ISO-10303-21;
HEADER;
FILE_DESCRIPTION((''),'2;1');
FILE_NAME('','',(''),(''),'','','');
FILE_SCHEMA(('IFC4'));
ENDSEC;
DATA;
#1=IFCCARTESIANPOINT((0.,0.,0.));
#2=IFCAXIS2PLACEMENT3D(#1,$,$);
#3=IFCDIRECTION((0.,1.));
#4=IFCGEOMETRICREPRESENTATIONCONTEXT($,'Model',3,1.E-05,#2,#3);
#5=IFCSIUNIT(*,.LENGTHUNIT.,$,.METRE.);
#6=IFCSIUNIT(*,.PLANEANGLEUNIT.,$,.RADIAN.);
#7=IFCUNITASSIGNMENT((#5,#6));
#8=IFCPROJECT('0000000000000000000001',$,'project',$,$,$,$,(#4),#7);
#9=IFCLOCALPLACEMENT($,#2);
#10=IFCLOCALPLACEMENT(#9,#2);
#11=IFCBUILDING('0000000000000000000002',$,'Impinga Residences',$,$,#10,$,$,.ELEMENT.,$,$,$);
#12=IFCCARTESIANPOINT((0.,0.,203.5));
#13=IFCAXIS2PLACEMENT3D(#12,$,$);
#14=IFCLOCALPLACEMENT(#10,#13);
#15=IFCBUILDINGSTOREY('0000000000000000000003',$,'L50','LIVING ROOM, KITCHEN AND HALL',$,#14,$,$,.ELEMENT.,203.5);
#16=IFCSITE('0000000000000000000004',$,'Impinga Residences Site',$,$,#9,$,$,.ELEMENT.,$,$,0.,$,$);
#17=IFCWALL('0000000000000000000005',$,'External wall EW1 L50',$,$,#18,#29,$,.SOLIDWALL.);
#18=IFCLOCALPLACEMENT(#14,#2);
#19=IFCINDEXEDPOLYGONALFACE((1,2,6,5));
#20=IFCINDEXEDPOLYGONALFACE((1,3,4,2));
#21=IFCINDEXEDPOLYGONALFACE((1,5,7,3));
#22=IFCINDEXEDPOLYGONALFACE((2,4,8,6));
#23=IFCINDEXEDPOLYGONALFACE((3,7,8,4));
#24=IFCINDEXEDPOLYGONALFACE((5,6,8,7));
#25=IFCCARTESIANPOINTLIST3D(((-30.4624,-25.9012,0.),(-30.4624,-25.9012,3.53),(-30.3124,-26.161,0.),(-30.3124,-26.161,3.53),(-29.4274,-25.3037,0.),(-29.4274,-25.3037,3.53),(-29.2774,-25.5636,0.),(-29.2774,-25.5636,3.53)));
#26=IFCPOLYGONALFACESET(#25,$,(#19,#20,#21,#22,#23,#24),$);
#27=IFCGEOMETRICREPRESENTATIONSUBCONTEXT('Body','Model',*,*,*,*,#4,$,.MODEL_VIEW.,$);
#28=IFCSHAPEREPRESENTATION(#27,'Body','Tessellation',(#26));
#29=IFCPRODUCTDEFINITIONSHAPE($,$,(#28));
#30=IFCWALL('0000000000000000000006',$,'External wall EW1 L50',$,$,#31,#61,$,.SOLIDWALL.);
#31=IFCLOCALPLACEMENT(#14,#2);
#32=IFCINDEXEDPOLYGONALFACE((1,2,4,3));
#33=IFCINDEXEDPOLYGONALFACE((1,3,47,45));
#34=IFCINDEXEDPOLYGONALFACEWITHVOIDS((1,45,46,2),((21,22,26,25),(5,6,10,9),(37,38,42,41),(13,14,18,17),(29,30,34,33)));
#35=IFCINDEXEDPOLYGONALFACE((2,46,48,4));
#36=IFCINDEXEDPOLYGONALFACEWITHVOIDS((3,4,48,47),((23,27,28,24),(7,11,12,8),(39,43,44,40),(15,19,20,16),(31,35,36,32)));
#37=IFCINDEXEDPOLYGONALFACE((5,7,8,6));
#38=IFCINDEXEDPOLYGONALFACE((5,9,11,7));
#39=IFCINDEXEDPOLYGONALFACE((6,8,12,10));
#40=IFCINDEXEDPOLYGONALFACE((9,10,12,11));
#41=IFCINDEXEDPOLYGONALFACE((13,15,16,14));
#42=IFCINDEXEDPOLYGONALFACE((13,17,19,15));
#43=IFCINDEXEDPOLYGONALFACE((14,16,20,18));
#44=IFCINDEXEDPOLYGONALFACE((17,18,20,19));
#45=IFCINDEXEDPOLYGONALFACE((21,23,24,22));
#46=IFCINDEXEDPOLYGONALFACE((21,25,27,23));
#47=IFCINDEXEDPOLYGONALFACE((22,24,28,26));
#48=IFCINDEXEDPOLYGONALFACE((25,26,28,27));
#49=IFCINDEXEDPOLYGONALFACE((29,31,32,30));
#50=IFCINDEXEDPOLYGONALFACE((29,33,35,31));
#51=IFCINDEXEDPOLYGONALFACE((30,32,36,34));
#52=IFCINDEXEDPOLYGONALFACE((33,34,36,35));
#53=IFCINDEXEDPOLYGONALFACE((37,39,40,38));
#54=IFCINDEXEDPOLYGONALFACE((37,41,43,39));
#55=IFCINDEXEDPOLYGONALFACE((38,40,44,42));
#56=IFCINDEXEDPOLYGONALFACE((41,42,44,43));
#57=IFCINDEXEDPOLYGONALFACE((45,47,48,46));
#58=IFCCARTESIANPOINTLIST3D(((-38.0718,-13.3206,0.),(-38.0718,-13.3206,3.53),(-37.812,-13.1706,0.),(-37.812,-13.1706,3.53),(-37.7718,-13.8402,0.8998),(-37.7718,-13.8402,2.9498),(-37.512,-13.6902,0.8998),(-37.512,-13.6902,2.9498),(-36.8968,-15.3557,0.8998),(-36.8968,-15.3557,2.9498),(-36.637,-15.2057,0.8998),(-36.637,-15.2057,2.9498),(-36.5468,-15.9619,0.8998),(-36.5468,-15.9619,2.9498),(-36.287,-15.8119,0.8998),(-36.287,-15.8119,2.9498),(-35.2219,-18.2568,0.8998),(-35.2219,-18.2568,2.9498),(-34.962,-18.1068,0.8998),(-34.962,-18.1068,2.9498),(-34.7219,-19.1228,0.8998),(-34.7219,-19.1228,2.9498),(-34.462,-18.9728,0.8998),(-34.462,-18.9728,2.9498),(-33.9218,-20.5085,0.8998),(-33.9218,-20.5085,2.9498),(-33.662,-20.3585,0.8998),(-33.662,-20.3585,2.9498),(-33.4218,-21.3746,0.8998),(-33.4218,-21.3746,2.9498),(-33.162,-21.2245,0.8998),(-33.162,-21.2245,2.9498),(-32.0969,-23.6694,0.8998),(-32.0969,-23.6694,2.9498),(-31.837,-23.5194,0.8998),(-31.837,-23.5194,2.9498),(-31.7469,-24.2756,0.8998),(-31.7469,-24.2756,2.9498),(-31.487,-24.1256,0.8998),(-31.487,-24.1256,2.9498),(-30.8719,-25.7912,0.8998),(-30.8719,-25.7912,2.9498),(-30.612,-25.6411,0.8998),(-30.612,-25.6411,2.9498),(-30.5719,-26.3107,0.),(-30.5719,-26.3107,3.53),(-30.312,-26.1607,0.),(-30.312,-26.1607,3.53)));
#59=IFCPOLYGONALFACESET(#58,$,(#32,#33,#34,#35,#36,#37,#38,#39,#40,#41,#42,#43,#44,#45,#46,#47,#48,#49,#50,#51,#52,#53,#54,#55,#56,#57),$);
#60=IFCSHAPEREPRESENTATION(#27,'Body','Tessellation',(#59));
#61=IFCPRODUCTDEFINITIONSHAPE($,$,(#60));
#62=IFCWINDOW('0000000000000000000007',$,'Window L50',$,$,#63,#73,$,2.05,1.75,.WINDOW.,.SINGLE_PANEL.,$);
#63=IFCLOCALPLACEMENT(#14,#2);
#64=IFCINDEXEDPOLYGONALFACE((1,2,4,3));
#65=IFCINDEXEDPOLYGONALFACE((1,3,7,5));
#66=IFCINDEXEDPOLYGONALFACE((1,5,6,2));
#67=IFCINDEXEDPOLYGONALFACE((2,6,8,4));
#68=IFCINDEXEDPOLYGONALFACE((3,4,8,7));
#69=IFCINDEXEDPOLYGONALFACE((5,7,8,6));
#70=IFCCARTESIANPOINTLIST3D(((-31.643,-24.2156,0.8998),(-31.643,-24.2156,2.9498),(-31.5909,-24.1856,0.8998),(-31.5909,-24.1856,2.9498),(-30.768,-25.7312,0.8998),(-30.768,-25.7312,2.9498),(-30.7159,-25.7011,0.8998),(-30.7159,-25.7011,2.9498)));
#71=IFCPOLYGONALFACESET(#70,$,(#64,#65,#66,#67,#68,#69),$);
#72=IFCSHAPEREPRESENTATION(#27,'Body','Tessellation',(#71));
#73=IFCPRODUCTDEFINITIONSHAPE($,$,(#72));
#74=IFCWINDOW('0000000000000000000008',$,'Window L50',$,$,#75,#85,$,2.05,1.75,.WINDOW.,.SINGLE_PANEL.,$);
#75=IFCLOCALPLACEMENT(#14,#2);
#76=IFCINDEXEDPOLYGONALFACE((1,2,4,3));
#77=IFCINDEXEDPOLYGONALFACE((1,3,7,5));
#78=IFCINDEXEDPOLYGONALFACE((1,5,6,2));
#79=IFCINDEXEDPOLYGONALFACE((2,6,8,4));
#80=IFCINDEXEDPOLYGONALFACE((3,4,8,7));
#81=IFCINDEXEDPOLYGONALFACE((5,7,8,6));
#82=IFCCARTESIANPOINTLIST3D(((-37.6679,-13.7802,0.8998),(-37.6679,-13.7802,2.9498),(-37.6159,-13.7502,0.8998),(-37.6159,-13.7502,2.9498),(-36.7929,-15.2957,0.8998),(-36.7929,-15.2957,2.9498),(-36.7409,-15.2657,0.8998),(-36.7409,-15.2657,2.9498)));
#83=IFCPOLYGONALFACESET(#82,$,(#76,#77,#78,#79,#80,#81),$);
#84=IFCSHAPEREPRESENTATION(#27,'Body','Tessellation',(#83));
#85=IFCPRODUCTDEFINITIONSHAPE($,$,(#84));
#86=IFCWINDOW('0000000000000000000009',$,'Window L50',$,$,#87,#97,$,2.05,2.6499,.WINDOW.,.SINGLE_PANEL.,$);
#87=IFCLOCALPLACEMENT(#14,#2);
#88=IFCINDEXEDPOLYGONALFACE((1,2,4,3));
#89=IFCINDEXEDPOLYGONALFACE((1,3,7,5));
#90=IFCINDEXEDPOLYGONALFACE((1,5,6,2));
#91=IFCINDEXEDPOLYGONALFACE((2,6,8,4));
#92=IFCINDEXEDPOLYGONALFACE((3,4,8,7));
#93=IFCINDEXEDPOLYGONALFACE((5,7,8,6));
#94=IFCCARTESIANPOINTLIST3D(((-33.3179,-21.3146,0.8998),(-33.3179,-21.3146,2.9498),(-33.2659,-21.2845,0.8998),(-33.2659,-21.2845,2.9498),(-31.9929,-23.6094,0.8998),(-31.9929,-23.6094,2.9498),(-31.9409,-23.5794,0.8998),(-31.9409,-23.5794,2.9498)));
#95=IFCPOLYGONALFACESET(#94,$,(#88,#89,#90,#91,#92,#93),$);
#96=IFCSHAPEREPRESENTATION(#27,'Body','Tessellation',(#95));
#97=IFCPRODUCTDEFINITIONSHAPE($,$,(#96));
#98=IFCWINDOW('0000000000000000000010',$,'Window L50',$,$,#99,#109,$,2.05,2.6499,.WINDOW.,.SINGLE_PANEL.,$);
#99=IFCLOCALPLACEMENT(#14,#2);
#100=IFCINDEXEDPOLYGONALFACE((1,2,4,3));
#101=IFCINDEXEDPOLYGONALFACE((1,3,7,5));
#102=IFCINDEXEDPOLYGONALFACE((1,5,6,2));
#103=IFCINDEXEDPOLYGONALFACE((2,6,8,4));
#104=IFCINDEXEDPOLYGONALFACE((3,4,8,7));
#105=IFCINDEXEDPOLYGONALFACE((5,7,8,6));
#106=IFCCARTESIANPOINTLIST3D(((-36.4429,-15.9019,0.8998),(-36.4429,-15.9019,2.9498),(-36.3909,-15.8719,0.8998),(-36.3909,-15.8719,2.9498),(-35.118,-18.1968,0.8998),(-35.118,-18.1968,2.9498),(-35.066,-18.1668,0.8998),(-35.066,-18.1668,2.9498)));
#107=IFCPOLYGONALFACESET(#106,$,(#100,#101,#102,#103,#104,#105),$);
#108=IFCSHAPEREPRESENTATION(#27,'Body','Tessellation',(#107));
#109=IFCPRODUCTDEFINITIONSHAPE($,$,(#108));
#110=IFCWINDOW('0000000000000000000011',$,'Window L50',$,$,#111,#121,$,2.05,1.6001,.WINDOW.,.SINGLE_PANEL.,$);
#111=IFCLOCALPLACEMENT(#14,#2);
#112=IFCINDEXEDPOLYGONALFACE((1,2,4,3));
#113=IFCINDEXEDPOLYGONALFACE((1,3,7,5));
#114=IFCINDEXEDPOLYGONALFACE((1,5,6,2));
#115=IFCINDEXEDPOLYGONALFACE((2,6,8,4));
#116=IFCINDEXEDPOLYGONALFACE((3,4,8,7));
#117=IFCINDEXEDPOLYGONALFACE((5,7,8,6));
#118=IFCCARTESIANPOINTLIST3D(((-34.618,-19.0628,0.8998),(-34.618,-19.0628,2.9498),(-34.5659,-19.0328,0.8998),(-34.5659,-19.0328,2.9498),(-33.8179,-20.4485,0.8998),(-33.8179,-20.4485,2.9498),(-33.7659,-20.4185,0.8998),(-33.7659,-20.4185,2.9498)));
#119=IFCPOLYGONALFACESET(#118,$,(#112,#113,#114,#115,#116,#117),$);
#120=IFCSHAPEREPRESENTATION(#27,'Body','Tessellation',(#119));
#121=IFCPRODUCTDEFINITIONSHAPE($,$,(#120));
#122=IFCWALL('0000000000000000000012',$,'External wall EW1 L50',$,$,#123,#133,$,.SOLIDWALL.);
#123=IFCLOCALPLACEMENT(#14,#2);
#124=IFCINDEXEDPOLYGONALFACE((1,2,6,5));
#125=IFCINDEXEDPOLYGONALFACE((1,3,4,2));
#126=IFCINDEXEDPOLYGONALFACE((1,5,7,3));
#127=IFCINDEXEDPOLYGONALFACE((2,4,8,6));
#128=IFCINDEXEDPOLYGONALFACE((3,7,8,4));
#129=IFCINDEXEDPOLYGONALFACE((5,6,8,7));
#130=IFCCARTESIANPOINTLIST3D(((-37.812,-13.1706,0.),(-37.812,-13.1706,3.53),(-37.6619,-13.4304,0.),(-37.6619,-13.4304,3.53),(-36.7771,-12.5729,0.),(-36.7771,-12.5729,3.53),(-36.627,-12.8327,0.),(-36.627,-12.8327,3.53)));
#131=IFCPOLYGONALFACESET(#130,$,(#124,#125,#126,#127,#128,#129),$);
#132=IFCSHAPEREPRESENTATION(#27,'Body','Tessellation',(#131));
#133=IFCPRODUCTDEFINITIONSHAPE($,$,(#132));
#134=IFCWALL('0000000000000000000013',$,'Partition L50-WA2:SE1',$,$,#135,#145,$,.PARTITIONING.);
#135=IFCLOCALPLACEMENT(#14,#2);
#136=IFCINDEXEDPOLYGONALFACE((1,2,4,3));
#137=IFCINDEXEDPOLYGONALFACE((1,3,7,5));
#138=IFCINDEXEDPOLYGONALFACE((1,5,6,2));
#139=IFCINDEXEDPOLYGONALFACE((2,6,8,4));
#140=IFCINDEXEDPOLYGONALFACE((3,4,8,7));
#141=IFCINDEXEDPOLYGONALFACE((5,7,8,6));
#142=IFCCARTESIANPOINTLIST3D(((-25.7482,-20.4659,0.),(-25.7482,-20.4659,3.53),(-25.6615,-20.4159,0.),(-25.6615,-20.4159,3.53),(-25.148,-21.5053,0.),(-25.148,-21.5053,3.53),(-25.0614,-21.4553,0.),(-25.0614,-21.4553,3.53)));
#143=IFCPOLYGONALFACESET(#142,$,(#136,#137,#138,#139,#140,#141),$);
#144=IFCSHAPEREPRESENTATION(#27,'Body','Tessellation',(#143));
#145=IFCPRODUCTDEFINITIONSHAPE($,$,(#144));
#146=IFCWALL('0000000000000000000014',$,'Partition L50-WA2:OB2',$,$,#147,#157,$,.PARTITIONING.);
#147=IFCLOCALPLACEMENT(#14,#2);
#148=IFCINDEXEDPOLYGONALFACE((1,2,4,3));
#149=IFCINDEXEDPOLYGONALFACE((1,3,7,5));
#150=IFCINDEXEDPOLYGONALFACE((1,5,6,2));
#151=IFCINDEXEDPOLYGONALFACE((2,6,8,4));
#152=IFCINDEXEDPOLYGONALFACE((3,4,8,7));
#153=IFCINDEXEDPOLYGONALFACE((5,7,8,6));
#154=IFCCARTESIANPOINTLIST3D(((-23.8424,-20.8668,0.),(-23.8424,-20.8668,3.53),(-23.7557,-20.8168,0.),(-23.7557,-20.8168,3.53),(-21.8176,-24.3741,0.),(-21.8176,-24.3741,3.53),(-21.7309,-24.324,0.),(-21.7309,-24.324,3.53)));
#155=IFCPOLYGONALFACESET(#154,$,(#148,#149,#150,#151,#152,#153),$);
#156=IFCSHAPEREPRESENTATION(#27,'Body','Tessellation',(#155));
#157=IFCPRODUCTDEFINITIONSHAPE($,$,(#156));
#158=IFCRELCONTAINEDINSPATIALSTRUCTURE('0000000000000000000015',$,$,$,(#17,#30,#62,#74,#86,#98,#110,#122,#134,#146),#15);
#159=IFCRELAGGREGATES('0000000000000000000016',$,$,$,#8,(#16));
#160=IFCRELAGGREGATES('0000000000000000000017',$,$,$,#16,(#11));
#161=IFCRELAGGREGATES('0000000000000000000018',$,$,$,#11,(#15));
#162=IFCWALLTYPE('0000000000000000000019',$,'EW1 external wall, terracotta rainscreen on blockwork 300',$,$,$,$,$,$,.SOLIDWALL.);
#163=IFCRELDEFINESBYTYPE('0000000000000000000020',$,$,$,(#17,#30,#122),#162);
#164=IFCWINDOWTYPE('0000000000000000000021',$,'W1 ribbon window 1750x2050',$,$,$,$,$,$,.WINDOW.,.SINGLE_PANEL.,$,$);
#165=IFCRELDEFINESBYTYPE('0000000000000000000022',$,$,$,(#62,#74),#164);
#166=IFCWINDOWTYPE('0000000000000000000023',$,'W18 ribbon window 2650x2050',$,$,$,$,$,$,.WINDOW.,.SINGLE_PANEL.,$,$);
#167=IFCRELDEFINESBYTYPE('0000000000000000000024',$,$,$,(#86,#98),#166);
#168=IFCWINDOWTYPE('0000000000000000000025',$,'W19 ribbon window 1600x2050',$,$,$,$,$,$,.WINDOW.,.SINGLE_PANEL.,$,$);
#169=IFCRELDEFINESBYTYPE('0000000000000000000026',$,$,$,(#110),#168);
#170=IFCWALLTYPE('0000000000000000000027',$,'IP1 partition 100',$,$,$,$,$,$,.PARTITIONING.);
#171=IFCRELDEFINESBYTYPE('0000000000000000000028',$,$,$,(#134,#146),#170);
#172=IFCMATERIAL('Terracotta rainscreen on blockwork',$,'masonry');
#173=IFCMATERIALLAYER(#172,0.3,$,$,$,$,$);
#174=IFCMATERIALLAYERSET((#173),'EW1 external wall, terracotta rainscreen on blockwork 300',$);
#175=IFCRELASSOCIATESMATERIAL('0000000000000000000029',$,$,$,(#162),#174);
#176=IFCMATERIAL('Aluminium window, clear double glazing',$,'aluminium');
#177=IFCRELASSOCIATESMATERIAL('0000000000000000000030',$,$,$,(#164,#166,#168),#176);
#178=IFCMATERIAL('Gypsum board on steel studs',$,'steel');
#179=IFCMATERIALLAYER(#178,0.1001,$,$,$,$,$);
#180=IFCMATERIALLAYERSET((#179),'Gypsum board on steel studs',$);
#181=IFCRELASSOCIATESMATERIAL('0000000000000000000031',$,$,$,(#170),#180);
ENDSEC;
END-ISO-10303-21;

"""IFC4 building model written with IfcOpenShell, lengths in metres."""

from ifc_helpers import new_model, si_unit, direction, frame, frame_2d, origin, place, context, subcontext, project, spatial, rectangle, extrude, material, layer, layer_set, type_object, element, fill, save


model = new_model("IFC4")

# Units and contexts
model_context = context("Model", 3, precision=1e-05, world=origin(), true_north=direction((0.0, 1.0)))
body_context = subcontext(model_context, "Body", "Model", "MODEL_VIEW")
ifc_project = project(units=[si_unit("LENGTHUNIT", "METRE"), si_unit("PLANEANGLEUNIT", "RADIAN")], contexts=[model_context])

# Site, building, storey
site_placement = place(None, origin())
site = spatial("IfcSite", under=ifc_project, at=site_placement, Name="Impinga Residences Site", CompositionType="ELEMENT", RefElevation=0.0)
building_placement = place(site_placement, origin())
building = spatial("IfcBuilding", under=site, at=building_placement, Name="Impinga Residences", CompositionType="ELEMENT")
storey_placement = place(building_placement, frame((0.0, 0.0, 203.5)))
storey = spatial("IfcBuildingStorey", under=building, at=storey_placement, Name="L50", Description="LIVING ROOM, KITCHEN AND HALL", CompositionType="ELEMENT", Elevation=203.5)

# Wall
ifc_material_1 = material(Name="Terracotta rainscreen on blockwork", Category="masonry")
ifc_layer_1 = layer(ifc_material_1, 0.3)
ifc_layer_set_1 = layer_set([ifc_layer_1], Name="EW1 external wall, terracotta rainscreen on blockwork 300")
wall_type_1 = type_object("IfcWallType", Name="EW1 external wall, terracotta rainscreen on blockwork 300", PredefinedType="SOLIDWALL", material=ifc_layer_set_1)
wall_1_placement = place(storey_placement, frame((-29.3523, -25.4336, 0.0), z_axis=(0.0, 0.0, 1.0), x_axis=(-0.86606, -0.499941, 0.0)))
element("IfcWall", 1, at=wall_1_placement, inside=storey, type_object=wall_type_1, Name="External wall EW1 L50", PredefinedType="SOLIDWALL", context=body_context, shape_type="SweptSolid", body=[
    extrude(rectangle(XDim=1.1951, YDim=0.3, at=frame_2d((0.5977, 0.0))), origin(), (0.0, 0.0, 1.0), 3.53),
])

# Wall, openings, windows
wall_2_placement = place(storey_placement, frame((-30.4419, -26.2358, 0.0), z_axis=(0.0, 0.0, 1.0), x_axis=(-0.500004, 0.866023, 0.0)))
wall_2 = element("IfcWall", 2, at=wall_2_placement, inside=storey, type_object=wall_type_1, Name="External wall EW1 L50", PredefinedType="SOLIDWALL", context=body_context, shape_type="SweptSolid", body=[
    extrude(rectangle(XDim=14.9998, YDim=0.3, at=frame_2d((7.5, 0.0))), origin(), (0.0, 0.0, 1.0), 3.53),
])
opening_1_placement = place(wall_2_placement, frame((0.6001, 0.0, 0.8999)))
opening_1 = element("IfcOpeningElement", 3, at=opening_1_placement, cuts=wall_2, PredefinedType="OPENING", context=body_context, shape_type="SweptSolid", body=[
    extrude(rectangle(XDim=1.75, YDim=2.05, at=frame_2d((0.875, 1.0249))), frame((0.0, 0.1599, 0.0), z_axis=(0.0, -1.0, 0.0), x_axis=(1.0, 0.0, 0.0)), (0.0, 0.0, 1.0), 0.3201),
])
opening_2_placement = place(wall_2_placement, frame((3.05, 0.0, 0.8999)))
opening_2 = element("IfcOpeningElement", 4, at=opening_2_placement, cuts=wall_2, PredefinedType="OPENING", context=body_context, shape_type="SweptSolid", body=[
    extrude(rectangle(XDim=2.6499, YDim=2.05, at=frame_2d((1.325, 1.0249))), frame((0.0, 0.1599, 0.0), z_axis=(0.0, -1.0, 0.0), x_axis=(1.0, 0.0, 0.0)), (0.0, 0.0, 1.0), 0.3201),
])
opening_3_placement = place(wall_2_placement, frame((6.7, 0.0, 0.8999)))
opening_3 = element("IfcOpeningElement", 5, at=opening_3_placement, cuts=wall_2, PredefinedType="OPENING", context=body_context, shape_type="SweptSolid", body=[
    extrude(rectangle(XDim=1.6001, YDim=2.05, at=frame_2d((0.8, 1.0249))), frame((0.0, 0.1599, 0.0), z_axis=(0.0, -1.0, 0.0), x_axis=(1.0, 0.0, 0.0)), (0.0, 0.0, 1.0), 0.3201),
])
opening_4_placement = place(wall_2_placement, frame((9.3, 0.0, 0.8999)))
opening_4 = element("IfcOpeningElement", 6, at=opening_4_placement, cuts=wall_2, PredefinedType="OPENING", context=body_context, shape_type="SweptSolid", body=[
    extrude(rectangle(XDim=2.6499, YDim=2.05, at=frame_2d((1.325, 1.0249))), frame((0.0, 0.1599, 0.0), z_axis=(0.0, -1.0, 0.0), x_axis=(1.0, 0.0, 0.0)), (0.0, 0.0, 1.0), 0.3201),
])
opening_5_placement = place(wall_2_placement, frame((12.6499, 0.0, 0.8999)))
opening_5 = element("IfcOpeningElement", 7, at=opening_5_placement, cuts=wall_2, PredefinedType="OPENING", context=body_context, shape_type="SweptSolid", body=[
    extrude(rectangle(XDim=1.75, YDim=2.05, at=frame_2d((0.875, 1.0249))), frame((0.0, 0.1599, 0.0), z_axis=(0.0, -1.0, 0.0), x_axis=(1.0, 0.0, 0.0)), (0.0, 0.0, 1.0), 0.3201),
])
ifc_material_2 = material(Name="Aluminium window, clear double glazing", Category="aluminium")
window_type_1 = type_object("IfcWindowType", Name="W1 ribbon window 1750x2050", PartitioningType="SINGLE_PANEL", PredefinedType="WINDOW", material=ifc_material_2)
window_1_placement = place(opening_1_placement, origin())
window_1 = element("IfcWindow", 8, at=window_1_placement, inside=storey, type_object=window_type_1, Name="Window L50", OverallHeight=2.05, OverallWidth=1.75, PartitioningType="SINGLE_PANEL", PredefinedType="WINDOW", context=body_context, shape_type="SweptSolid", body=[
    extrude(rectangle(XDim=1.75, YDim=2.05, at=frame_2d((0.875, 1.0249))), frame((0.0, 0.03, 0.0), z_axis=(0.0, -1.0, 0.0), x_axis=(1.0, 0.0, 0.0)), (0.0, 0.0, 1.0), 0.0601),
])
fill(opening_1, window_1)
window_2_placement = place(opening_5_placement, origin())
window_2 = element("IfcWindow", 9, at=window_2_placement, inside=storey, type_object=window_type_1, Name="Window L50", OverallHeight=2.05, OverallWidth=1.75, PartitioningType="SINGLE_PANEL", PredefinedType="WINDOW", context=body_context, shape_type="SweptSolid", body=[
    extrude(rectangle(XDim=1.75, YDim=2.05, at=frame_2d((0.875, 1.0249))), frame((0.0, 0.03, 0.0), z_axis=(0.0, -1.0, 0.0), x_axis=(1.0, 0.0, 0.0)), (0.0, 0.0, 1.0), 0.0601),
])
fill(opening_5, window_2)
window_type_2 = type_object("IfcWindowType", Name="W18 ribbon window 2650x2050", PartitioningType="SINGLE_PANEL", PredefinedType="WINDOW", material=ifc_material_2)
window_3_placement = place(opening_2_placement, origin())
window_3 = element("IfcWindow", 10, at=window_3_placement, inside=storey, type_object=window_type_2, Name="Window L50", OverallHeight=2.05, OverallWidth=2.6499, PartitioningType="SINGLE_PANEL", PredefinedType="WINDOW", context=body_context, shape_type="SweptSolid", body=[
    extrude(rectangle(XDim=2.6499, YDim=2.05, at=frame_2d((1.325, 1.0249))), frame((0.0, 0.03, 0.0), z_axis=(0.0, -1.0, 0.0), x_axis=(1.0, 0.0, 0.0)), (0.0, 0.0, 1.0), 0.0601),
])
fill(opening_2, window_3)
window_4_placement = place(opening_4_placement, origin())
window_4 = element("IfcWindow", 11, at=window_4_placement, inside=storey, type_object=window_type_2, Name="Window L50", OverallHeight=2.05, OverallWidth=2.6499, PartitioningType="SINGLE_PANEL", PredefinedType="WINDOW", context=body_context, shape_type="SweptSolid", body=[
    extrude(rectangle(XDim=2.6499, YDim=2.05, at=frame_2d((1.325, 1.0249))), frame((0.0, 0.03, 0.0), z_axis=(0.0, -1.0, 0.0), x_axis=(1.0, 0.0, 0.0)), (0.0, 0.0, 1.0), 0.0601),
])
fill(opening_4, window_4)
window_type_3 = type_object("IfcWindowType", Name="W19 ribbon window 1600x2050", PartitioningType="SINGLE_PANEL", PredefinedType="WINDOW", material=ifc_material_2)
window_5_placement = place(opening_3_placement, origin())
window_5 = element("IfcWindow", 12, at=window_5_placement, inside=storey, type_object=window_type_3, Name="Window L50", OverallHeight=2.05, OverallWidth=1.6001, PartitioningType="SINGLE_PANEL", PredefinedType="WINDOW", context=body_context, shape_type="SweptSolid", body=[
    extrude(rectangle(XDim=1.6001, YDim=2.05, at=frame_2d((0.8, 1.0249))), frame((0.0, 0.03, 0.0), z_axis=(0.0, -1.0, 0.0), x_axis=(1.0, 0.0, 0.0)), (0.0, 0.0, 1.0), 0.0601),
])
fill(opening_3, window_5)

# Walls
wall_3_placement = place(storey_placement, frame((-37.7371, -13.3005, 0.0), z_axis=(0.0, 0.0, 1.0), x_axis=(0.865971, 0.500094, 0.0)))
element("IfcWall", 13, at=wall_3_placement, inside=storey, type_object=wall_type_1, Name="External wall EW1 L50", PredefinedType="SOLIDWALL", context=body_context, shape_type="SweptSolid", body=[
    extrude(rectangle(XDim=1.1951, YDim=0.3, at=frame_2d((0.5977, 0.0))), origin(), (0.0, 0.0, 1.0), 3.53),
])
ifc_material_3 = material(Name="Gypsum board on steel studs", Category="steel")
ifc_layer_2 = layer(ifc_material_3, 0.1001)
ifc_layer_set_2 = layer_set([ifc_layer_2], Name="Gypsum board on steel studs")
wall_type_2 = type_object("IfcWallType", Name="IP1 partition 100", PredefinedType="PARTITIONING", material=ifc_layer_set_2)
wall_4_placement = place(storey_placement, frame((-25.7048, -20.4409, 0.0), z_axis=(0.0, 0.0, 1.0), x_axis=(0.500034, -0.866006, 0.0)))
element("IfcWall", 14, at=wall_4_placement, inside=storey, type_object=wall_type_2, Name="Partition L50-WA2:SE1", PredefinedType="PARTITIONING", context=body_context, shape_type="SweptSolid", body=[
    extrude(rectangle(XDim=1.2002, YDim=0.1001, at=frame_2d((0.6001, 0.0))), origin(), (0.0, 0.0, 1.0), 3.53),
])
wall_5_placement = place(storey_placement, frame((-23.7991, -20.8418, 0.0), z_axis=(0.0, 0.0, 1.0), x_axis=(0.49999, -0.866031, 0.0)))
element("IfcWall", 15, at=wall_5_placement, inside=storey, type_object=wall_type_2, Name="Partition L50-WA2:OB2", PredefinedType="PARTITIONING", context=body_context, shape_type="SweptSolid", body=[
    extrude(rectangle(XDim=4.0498, YDim=0.1001, at=frame_2d((2.0249, 0.0))), origin(), (0.0, 0.0, 1.0), 3.53),
])

save(model, "model.ifc")
